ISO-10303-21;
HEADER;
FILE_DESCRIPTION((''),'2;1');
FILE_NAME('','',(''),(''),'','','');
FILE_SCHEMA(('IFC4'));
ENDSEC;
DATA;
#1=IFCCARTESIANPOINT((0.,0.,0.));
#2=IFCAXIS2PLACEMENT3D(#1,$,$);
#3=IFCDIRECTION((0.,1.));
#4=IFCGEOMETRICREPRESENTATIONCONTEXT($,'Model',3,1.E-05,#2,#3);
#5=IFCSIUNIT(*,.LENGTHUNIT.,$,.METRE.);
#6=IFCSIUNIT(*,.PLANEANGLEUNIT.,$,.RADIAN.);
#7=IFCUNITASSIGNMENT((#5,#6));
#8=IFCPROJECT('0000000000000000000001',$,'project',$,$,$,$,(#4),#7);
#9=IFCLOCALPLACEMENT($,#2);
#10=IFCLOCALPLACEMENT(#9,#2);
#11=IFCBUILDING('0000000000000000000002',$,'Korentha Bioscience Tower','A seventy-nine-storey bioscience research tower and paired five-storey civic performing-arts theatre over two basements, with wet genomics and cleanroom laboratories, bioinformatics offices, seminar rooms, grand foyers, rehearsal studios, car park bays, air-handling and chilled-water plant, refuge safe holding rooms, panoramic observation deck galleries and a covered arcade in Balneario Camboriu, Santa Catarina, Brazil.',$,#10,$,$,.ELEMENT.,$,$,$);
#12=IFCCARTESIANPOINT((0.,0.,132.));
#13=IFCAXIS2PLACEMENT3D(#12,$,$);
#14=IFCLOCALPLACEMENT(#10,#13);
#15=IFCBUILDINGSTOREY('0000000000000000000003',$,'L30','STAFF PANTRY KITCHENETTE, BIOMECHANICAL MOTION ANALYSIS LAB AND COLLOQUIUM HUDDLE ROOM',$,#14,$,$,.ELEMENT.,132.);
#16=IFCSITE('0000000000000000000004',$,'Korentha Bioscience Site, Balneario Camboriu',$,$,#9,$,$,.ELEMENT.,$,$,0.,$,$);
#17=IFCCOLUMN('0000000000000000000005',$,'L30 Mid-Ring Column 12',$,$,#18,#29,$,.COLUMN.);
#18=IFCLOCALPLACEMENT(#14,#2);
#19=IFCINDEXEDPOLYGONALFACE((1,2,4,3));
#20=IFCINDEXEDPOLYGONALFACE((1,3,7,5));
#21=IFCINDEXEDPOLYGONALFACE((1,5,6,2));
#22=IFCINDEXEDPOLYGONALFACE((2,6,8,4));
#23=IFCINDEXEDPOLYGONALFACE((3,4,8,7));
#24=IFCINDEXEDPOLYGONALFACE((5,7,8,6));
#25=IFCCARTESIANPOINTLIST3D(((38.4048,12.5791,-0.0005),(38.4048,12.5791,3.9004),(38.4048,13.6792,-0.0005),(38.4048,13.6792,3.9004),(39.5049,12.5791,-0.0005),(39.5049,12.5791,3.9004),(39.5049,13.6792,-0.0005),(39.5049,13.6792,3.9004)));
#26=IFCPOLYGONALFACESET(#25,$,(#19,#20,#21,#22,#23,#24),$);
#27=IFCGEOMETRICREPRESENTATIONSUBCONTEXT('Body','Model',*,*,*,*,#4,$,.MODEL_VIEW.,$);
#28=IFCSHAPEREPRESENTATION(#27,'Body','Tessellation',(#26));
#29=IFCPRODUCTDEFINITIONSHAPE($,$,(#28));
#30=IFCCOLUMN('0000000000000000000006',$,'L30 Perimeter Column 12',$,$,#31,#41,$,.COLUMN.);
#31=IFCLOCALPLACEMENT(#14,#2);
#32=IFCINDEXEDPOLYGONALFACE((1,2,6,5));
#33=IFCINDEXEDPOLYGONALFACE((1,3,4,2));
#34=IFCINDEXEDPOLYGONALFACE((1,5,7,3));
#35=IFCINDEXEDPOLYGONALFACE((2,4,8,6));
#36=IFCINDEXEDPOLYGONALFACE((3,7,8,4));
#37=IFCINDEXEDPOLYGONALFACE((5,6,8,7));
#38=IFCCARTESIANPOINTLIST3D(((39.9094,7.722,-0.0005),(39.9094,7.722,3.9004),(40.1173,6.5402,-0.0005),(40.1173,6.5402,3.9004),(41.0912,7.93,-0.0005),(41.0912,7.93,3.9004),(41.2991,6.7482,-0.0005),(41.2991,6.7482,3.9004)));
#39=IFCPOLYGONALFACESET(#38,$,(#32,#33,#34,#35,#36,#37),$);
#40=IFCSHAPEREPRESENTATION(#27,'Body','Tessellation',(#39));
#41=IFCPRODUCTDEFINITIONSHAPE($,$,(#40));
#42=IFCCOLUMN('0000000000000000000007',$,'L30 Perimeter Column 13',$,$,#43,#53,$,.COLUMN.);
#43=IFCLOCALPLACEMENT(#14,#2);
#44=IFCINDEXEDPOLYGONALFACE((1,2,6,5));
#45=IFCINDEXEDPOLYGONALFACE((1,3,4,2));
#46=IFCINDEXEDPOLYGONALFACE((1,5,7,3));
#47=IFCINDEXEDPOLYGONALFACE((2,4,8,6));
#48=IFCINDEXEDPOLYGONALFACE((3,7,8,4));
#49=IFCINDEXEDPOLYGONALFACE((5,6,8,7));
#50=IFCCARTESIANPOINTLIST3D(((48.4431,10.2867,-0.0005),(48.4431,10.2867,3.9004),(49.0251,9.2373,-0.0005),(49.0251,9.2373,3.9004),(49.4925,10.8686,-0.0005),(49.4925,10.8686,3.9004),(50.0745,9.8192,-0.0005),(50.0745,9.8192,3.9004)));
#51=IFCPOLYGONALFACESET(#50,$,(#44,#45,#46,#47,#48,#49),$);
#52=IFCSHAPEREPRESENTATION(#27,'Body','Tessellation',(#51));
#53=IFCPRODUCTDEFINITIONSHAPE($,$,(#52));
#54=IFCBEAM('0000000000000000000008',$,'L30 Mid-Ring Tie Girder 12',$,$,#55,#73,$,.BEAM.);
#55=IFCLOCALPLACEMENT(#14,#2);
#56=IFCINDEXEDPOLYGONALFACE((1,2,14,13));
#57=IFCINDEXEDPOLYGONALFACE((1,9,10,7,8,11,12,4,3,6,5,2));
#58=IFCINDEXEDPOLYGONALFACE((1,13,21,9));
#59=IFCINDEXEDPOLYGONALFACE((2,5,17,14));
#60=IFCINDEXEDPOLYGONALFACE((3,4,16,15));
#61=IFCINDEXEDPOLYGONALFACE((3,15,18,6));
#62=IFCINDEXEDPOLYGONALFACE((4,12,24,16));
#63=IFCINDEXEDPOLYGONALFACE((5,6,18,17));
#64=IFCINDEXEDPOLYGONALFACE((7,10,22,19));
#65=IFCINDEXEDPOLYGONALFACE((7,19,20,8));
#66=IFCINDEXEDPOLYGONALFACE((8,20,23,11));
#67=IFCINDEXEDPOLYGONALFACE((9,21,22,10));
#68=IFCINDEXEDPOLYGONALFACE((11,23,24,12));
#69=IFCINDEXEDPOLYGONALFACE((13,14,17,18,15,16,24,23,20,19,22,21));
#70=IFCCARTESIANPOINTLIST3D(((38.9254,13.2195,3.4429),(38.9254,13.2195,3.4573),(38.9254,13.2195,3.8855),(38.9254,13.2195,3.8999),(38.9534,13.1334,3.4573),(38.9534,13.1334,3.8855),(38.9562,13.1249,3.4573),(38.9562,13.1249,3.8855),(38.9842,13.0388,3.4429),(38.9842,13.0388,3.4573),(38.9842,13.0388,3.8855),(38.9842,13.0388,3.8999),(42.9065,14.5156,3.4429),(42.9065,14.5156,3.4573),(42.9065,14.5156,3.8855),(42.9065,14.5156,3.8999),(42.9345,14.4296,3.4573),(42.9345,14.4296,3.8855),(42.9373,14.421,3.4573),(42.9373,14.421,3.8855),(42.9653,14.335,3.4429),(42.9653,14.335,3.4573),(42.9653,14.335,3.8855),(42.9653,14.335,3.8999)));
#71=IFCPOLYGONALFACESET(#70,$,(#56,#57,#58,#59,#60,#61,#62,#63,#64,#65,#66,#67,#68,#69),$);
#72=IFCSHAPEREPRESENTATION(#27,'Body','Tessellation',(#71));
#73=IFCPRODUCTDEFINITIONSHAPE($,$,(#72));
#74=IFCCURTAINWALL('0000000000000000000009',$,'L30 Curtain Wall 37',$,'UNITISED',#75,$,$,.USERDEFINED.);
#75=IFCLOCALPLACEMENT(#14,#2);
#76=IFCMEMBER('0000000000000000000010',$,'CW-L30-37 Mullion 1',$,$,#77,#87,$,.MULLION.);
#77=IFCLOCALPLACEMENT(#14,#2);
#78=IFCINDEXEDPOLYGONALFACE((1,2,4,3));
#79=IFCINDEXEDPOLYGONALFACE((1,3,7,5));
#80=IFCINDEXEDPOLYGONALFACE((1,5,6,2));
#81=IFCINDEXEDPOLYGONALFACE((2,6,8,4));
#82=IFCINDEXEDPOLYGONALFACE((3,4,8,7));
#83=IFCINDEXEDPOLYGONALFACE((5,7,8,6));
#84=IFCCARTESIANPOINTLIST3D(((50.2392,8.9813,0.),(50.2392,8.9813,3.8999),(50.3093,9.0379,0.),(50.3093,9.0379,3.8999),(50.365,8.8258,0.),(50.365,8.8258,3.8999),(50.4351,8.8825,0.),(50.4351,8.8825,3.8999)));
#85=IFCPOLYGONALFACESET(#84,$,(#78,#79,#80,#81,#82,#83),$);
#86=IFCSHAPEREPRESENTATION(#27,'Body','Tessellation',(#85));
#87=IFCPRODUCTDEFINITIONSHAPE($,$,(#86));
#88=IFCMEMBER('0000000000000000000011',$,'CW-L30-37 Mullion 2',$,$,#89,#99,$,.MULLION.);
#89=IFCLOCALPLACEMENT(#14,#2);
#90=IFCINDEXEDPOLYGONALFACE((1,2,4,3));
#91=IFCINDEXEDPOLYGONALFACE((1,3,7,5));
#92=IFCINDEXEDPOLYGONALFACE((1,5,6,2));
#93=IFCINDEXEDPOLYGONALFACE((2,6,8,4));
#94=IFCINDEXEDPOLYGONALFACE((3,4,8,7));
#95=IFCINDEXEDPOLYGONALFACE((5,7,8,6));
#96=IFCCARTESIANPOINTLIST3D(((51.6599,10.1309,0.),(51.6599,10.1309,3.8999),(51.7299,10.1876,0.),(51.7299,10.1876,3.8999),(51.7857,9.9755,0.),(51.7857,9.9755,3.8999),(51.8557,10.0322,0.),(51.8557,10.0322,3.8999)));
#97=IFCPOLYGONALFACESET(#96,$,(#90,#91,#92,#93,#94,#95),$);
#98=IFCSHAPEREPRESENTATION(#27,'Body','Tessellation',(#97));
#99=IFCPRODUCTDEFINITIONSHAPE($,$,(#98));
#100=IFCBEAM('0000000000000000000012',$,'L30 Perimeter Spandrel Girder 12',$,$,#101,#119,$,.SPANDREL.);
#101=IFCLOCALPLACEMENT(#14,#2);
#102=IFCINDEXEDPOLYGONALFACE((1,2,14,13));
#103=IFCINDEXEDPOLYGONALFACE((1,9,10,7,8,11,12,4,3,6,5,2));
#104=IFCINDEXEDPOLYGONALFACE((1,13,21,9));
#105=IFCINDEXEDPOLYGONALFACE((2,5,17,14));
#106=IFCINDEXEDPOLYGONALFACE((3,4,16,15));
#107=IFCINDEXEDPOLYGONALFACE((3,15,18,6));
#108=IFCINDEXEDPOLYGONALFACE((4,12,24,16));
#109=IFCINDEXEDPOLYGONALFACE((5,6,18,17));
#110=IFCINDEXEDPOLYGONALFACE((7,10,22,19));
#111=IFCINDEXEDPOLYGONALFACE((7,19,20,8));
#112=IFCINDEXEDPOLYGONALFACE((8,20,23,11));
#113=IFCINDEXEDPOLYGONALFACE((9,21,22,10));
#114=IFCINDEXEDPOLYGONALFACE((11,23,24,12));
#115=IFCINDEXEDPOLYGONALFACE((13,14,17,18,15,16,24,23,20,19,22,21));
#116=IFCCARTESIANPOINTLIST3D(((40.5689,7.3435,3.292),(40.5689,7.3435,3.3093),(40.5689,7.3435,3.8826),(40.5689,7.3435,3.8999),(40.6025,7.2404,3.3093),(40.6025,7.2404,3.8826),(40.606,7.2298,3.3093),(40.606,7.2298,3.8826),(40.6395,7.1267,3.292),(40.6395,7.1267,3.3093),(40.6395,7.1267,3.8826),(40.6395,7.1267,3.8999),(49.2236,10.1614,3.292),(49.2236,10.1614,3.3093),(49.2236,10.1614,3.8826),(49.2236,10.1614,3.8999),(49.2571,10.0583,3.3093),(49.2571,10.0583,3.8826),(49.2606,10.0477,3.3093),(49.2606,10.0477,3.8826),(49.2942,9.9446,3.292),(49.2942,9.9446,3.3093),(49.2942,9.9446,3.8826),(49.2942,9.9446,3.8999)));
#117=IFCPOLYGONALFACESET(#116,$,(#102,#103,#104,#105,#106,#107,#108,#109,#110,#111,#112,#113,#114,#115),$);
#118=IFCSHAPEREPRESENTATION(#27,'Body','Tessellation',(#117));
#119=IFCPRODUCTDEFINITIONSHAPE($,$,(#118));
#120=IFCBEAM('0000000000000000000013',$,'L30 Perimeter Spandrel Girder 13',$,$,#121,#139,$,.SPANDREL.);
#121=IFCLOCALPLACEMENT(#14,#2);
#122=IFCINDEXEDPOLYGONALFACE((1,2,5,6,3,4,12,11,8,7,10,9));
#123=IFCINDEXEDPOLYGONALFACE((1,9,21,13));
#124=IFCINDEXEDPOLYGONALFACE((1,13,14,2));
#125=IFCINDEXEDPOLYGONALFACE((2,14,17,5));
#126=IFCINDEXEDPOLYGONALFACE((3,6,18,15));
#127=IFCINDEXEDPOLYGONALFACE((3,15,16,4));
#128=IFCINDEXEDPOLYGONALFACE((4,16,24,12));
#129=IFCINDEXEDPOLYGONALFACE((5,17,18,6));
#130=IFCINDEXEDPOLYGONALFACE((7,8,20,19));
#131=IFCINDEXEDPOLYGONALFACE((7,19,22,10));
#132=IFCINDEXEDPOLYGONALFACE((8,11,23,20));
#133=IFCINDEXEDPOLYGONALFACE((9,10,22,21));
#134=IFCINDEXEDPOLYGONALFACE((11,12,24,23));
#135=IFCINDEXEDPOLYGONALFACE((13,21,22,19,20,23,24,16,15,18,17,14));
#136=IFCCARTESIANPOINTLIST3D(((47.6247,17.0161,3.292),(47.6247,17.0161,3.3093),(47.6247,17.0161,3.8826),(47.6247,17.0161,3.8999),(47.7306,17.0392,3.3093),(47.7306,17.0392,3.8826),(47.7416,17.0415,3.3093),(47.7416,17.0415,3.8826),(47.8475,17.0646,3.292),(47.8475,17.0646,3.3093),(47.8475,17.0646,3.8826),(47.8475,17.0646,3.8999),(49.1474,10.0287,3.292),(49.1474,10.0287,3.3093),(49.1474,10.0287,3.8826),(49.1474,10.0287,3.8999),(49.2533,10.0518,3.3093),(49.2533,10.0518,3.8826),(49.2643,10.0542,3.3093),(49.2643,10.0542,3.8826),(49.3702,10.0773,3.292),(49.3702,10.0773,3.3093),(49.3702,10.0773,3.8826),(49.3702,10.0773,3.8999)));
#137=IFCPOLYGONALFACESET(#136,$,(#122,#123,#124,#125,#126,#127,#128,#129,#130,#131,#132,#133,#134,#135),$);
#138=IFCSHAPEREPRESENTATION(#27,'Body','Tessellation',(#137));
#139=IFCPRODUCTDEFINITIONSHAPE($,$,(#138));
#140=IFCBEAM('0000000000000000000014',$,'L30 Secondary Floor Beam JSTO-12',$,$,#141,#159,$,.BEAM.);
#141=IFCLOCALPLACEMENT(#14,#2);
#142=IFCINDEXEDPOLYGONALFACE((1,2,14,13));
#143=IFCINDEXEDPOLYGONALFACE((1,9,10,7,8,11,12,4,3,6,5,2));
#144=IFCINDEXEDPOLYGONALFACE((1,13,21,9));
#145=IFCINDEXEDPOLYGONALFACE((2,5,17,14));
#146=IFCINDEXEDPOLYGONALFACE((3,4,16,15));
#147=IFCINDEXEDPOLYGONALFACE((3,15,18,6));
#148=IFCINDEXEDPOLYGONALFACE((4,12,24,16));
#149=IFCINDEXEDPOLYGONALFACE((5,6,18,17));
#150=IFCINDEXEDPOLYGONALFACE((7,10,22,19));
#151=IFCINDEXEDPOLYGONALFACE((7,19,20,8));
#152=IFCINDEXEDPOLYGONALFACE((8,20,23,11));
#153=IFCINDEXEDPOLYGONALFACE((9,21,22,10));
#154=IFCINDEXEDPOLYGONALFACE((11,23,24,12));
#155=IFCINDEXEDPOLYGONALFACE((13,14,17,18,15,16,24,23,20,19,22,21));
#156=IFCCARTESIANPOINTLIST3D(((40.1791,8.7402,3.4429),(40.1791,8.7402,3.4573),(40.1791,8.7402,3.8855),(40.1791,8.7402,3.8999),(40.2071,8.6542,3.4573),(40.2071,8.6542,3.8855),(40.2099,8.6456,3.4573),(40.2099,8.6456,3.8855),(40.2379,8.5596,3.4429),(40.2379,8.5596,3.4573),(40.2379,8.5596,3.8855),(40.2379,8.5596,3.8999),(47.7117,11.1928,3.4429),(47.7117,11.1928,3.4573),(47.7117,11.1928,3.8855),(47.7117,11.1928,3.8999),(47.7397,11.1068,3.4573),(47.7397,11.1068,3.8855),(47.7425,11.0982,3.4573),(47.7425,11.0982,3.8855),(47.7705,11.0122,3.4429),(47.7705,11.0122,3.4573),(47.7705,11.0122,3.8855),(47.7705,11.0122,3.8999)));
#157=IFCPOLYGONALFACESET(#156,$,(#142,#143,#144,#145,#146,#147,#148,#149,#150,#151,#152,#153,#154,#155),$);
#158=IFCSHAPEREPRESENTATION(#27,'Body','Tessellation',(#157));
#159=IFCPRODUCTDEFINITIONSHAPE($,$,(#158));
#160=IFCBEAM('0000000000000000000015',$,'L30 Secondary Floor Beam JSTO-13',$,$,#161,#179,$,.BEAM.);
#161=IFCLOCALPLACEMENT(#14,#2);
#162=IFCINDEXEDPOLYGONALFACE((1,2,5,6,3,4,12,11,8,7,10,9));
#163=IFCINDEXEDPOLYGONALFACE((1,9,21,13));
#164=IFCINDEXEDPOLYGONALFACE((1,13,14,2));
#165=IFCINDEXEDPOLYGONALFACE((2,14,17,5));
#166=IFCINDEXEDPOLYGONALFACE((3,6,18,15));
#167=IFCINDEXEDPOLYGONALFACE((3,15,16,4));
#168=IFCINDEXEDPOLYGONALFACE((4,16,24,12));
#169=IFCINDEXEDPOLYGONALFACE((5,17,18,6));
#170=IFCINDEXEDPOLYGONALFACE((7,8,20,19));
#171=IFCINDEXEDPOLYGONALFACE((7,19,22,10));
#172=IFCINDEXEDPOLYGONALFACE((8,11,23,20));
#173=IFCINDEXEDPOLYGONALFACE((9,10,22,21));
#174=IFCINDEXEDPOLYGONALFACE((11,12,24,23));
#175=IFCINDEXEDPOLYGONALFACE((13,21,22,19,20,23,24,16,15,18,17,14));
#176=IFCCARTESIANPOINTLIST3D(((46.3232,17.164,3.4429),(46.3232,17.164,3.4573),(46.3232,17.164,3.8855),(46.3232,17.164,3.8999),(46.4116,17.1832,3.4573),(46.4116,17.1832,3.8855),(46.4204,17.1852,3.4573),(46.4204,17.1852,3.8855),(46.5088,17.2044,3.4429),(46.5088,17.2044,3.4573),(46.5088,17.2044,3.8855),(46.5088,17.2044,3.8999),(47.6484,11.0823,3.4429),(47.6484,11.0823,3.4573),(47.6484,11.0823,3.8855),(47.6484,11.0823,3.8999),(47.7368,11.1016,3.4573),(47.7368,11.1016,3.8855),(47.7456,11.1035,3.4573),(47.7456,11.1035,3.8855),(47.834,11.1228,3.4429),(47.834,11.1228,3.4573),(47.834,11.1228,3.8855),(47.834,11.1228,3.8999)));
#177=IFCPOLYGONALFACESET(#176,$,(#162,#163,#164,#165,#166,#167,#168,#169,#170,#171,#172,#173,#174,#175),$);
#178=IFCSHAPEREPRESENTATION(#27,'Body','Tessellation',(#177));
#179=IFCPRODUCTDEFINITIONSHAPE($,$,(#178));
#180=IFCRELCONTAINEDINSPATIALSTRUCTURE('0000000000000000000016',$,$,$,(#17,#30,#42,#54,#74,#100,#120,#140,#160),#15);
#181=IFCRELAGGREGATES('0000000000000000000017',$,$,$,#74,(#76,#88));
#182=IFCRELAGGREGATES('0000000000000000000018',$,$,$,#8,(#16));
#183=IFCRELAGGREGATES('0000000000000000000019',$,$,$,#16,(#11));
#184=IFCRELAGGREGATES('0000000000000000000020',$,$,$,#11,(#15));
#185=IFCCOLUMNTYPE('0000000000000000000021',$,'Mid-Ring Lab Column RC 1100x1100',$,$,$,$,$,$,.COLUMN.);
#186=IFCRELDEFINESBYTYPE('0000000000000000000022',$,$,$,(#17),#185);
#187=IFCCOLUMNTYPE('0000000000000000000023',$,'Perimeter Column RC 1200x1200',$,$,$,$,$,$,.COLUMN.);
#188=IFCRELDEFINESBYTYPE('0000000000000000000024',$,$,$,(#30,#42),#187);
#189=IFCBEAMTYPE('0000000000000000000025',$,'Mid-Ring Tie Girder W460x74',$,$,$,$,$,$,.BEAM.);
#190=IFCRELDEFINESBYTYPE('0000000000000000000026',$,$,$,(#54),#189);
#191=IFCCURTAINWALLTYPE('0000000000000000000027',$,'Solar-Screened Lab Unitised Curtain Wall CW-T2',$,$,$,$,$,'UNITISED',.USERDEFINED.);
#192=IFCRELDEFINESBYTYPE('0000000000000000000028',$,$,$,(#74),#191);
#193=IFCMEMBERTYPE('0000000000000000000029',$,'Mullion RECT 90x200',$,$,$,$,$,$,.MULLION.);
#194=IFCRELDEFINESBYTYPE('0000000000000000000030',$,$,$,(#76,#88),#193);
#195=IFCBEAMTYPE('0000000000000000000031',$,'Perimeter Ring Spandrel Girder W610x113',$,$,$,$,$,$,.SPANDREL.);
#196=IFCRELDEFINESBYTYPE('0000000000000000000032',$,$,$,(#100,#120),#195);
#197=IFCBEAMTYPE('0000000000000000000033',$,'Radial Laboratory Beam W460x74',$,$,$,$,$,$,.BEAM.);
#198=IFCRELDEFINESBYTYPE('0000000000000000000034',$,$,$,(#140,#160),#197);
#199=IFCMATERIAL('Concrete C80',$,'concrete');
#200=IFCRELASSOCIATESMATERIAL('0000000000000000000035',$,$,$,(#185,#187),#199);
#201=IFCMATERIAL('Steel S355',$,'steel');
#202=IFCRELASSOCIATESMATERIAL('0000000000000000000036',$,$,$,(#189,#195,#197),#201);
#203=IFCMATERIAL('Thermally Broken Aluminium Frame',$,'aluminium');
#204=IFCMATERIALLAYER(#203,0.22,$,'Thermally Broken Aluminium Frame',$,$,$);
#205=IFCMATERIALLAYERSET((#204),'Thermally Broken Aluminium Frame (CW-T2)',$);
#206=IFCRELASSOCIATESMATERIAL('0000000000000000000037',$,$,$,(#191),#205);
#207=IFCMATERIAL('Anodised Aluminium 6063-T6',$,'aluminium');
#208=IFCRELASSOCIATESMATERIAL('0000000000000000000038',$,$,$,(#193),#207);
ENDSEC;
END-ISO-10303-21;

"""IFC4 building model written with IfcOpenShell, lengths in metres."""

from ifc_helpers import new_model, si_unit, direction, frame, origin, origin_2d, place, context, subcontext, project, spatial, rectangle, i_section, extrude, material, layer, layer_set, material_profile, profile_set, type_object, element, aggregate, save


model = new_model("IFC4")

# Units and contexts
model_context = context("Model", 3, precision=1e-05, world=origin(), true_north=direction((0.0, 1.0)))
body_context = subcontext(model_context, "Body", "Model", "MODEL_VIEW")
ifc_project = project(units=[si_unit("LENGTHUNIT", "METRE"), si_unit("PLANEANGLEUNIT", "RADIAN")], contexts=[model_context])

# Site, building, storey
site_placement = place(None, origin())
site = spatial("IfcSite", under=ifc_project, at=site_placement, Name="Korentha Bioscience Site, Balneario Camboriu", CompositionType="ELEMENT", RefElevation=0.0)
building_placement = place(site_placement, origin())
building = spatial("IfcBuilding", under=site, at=building_placement, Name="Korentha Bioscience Tower", Description="A seventy-nine-storey bioscience research tower and paired five-storey civic performing-arts theatre over two basements, with wet genomics and cleanroom laboratories, bioinformatics offices, seminar rooms, grand foyers, rehearsal studios, car park bays, air-handling and chilled-water plant, refuge safe holding rooms, panoramic observation deck galleries and a covered arcade in Balneario Camboriu, Santa Catarina, Brazil.", CompositionType="ELEMENT")
storey_placement = place(building_placement, frame((0.0, 0.0, 132.0)))
storey = spatial("IfcBuildingStorey", under=building, at=storey_placement, Name="L30", Description="STAFF PANTRY KITCHENETTE, BIOMECHANICAL MOTION ANALYSIS LAB AND COLLOQUIUM HUDDLE ROOM", CompositionType="ELEMENT", Elevation=132.0)

# Columns
ifc_material_1 = material(Name="Concrete C80", Category="concrete")
ifc_material_profile_1 = material_profile(ifc_material_1, rectangle(XDim=1.1001, YDim=1.1001, at=origin_2d()), Name="Concrete C80")
ifc_profile_set_1 = profile_set([ifc_material_profile_1], Name="Concrete C80 (COL-MR11)")
column_type_1 = type_object("IfcColumnType", Name="Mid-Ring Lab Column RC 1100x1100", PredefinedType="COLUMN", material=ifc_profile_set_1)
column_placement = place(storey_placement, frame((38.9548, 13.1292, -0.0005), z_axis=(0.0, 0.0, 1.0), x_axis=(1.0, 0.0, 0.0)))
element("IfcColumn", 1, at=column_placement, inside=storey, type_object=column_type_1, Name="L30 Mid-Ring Column 12", PredefinedType="COLUMN", context=body_context, shape_type="SweptSolid", body=[
    extrude(rectangle(XDim=1.1001, YDim=1.1001, at=origin_2d()), origin(), (0.0, 0.0, 1.0), 3.9009),
])
ifc_material_profile_2 = material_profile(ifc_material_1, rectangle(XDim=1.2, YDim=1.2, at=origin_2d()), Name="Concrete C80")
ifc_profile_set_2 = profile_set([ifc_material_profile_2], Name="Concrete C80 (COL-P12)")
column_type_2 = type_object("IfcColumnType", Name="Perimeter Column RC 1200x1200", PredefinedType="COLUMN", material=ifc_profile_set_2)
for number, where, z_axis, x_axis, name in (
    (2, (40.6042, 7.2351, -0.0005), (0.0, 0.0, 1.0), (0.984868, 0.173304, 0.0), "L30 Perimeter Column 12"),
    (3, (49.2588, 10.053, -0.0005), (0.0, 0.0, 1.0), (0.874535, 0.484962, 0.0), "L30 Perimeter Column 13"),
):
    element("IfcColumn", number, at=place(storey_placement, frame(where, z_axis=z_axis, x_axis=x_axis)), inside=storey, type_object=column_type_2, Name=name, PredefinedType="COLUMN", context=body_context, shape_type="SweptSolid", body=[
        extrude(rectangle(XDim=1.2, YDim=1.2, at=origin_2d()), origin(), (0.0, 0.0, 1.0), 3.9009),
    ])

# Beam
ifc_material_2 = material(Name="Steel S355", Category="steel")
ifc_material_profile_3 = material_profile(ifc_material_2, i_section(OverallWidth=0.1899, OverallDepth=0.457, WebThickness=0.009, FlangeThickness=0.0144, at=origin_2d()), Name="Steel S355")
ifc_profile_set_3 = profile_set([ifc_material_profile_3], Name="Steel S355 (MB-460)")
beam_type_1 = type_object("IfcBeamType", Name="Mid-Ring Tie Girder W460x74", PredefinedType="BEAM", material=ifc_profile_set_3)
beam_1_placement = place(storey_placement, frame((38.9548, 13.1292, 3.6714), z_axis=(0.950876, 0.309573, 0.0), x_axis=(-0.309573, 0.950876, 0.0)))
element("IfcBeam", 4, at=beam_1_placement, inside=storey, type_object=beam_type_1, Name="L30 Mid-Ring Tie Girder 12", PredefinedType="BEAM", context=body_context, shape_type="SweptSolid", body=[
    extrude(i_section(OverallWidth=0.1899, OverallDepth=0.457, WebThickness=0.009, FlangeThickness=0.0144, at=origin_2d()), origin(), (0.0, 0.0, 1.0), 4.1868),
])

# Curtain wall, members
ifc_material_3 = material(Name="Thermally Broken Aluminium Frame", Category="aluminium")
ifc_layer_1 = layer(ifc_material_3, 0.22, Name="Thermally Broken Aluminium Frame")
ifc_layer_set_1 = layer_set([ifc_layer_1], Name="Thermally Broken Aluminium Frame (CW-T2)")
curtain_wall_type = type_object("IfcCurtainWallType", Name="Solar-Screened Lab Unitised Curtain Wall CW-T2", ElementType="UNITISED", PredefinedType="USERDEFINED", material=ifc_layer_set_1)
curtain_wall_placement = place(storey_placement, origin())
curtain_wall = element("IfcCurtainWall", 5, at=curtain_wall_placement, inside=storey, type_object=curtain_wall_type, Name="L30 Curtain Wall 37", ObjectType="UNITISED", PredefinedType="USERDEFINED")
ifc_material_4 = material(Name="Anodised Aluminium 6063-T6", Category="aluminium")
ifc_material_profile_4 = material_profile(ifc_material_4, rectangle(XDim=0.0901, YDim=0.2, at=origin_2d()), Name="Anodised Aluminium 6063-T6")
ifc_profile_set_4 = profile_set([ifc_material_profile_4], Name="Anodised Aluminium 6063-T6 (CW-MUL)")
member_type_1 = type_object("IfcMemberType", Name="Mullion RECT 90x200", PredefinedType="MULLION", material=ifc_profile_set_4)
member_1_placement = place(storey_placement, frame((50.3372, 8.9319, 0.0), z_axis=(0.0, 0.0, 1.0), x_axis=(0.777315, 0.629111, 0.0)))
member_1 = element("IfcMember", 6, at=member_1_placement, type_object=member_type_1, Name="CW-L30-37 Mullion 1", PredefinedType="MULLION", context=body_context, shape_type="SweptSolid", body=[
    extrude(rectangle(XDim=0.0901, YDim=0.2, at=origin_2d()), origin(), (0.0, 0.0, 1.0), 3.8999),
])
member_2_placement = place(storey_placement, frame((51.7578, 10.0815, 0.0), z_axis=(0.0, 0.0, 1.0), x_axis=(0.777315, 0.629111, 0.0)))
member_2 = element("IfcMember", 7, at=member_2_placement, type_object=member_type_1, Name="CW-L30-37 Mullion 2", PredefinedType="MULLION", context=body_context, shape_type="SweptSolid", body=[
    extrude(rectangle(XDim=0.0901, YDim=0.2, at=origin_2d()), origin(), (0.0, 0.0, 1.0), 3.8999),
])

# Beams
ifc_material_profile_5 = material_profile(ifc_material_2, i_section(OverallWidth=0.228, OverallDepth=0.6079, WebThickness=0.0112, FlangeThickness=0.0173, at=origin_2d()), Name="Steel S355")
ifc_profile_set_5 = profile_set([ifc_material_profile_5], Name="Steel S355 (SB-610)")
beam_type_2 = type_object("IfcBeamType", Name="Perimeter Ring Spandrel Girder W610x113", PredefinedType="SPANDREL", material=ifc_profile_set_5)
beam_2_placement = place(storey_placement, frame((40.6042, 7.2351, 3.5959), z_axis=(0.950868, 0.309597, 0.0), x_axis=(-0.309597, 0.950868, 0.0)))
element("IfcBeam", 8, at=beam_2_placement, inside=storey, type_object=beam_type_2, Name="L30 Perimeter Spandrel Girder 12", PredefinedType="SPANDREL", context=body_context, shape_type="SweptSolid", body=[
    extrude(i_section(OverallWidth=0.228, OverallDepth=0.6079, WebThickness=0.0112, FlangeThickness=0.0173, at=origin_2d()), origin(), (0.0, 0.0, 1.0), 9.1018),
])
beam_3_placement = place(storey_placement, frame((49.2588, 10.053, 3.5959), z_axis=(-0.212927, 0.977068, 0.0), x_axis=(-0.977068, -0.212927, 0.0)))
element("IfcBeam", 9, at=beam_3_placement, inside=storey, type_object=beam_type_2, Name="L30 Perimeter Spandrel Girder 13", PredefinedType="SPANDREL", context=body_context, shape_type="SweptSolid", body=[
    extrude(i_section(OverallWidth=0.228, OverallDepth=0.6079, WebThickness=0.0112, FlangeThickness=0.0173, at=origin_2d()), origin(), (0.0, 0.0, 1.0), 7.1514),
])
ifc_material_profile_6 = material_profile(ifc_material_2, i_section(OverallWidth=0.1899, OverallDepth=0.457, WebThickness=0.009, FlangeThickness=0.0144, at=origin_2d()), Name="Steel S355")
ifc_profile_set_6 = profile_set([ifc_material_profile_6], Name="Steel S355 (RB-460)")
beam_type_3 = type_object("IfcBeamType", Name="Radial Laboratory Beam W460x74", PredefinedType="BEAM", material=ifc_profile_set_6)
beam_4_placement = place(storey_placement, frame((40.2085, 8.6499, 3.6714), z_axis=(0.950867, 0.3096, 0.0), x_axis=(-0.3096, 0.950867, 0.0)))
element("IfcBeam", 10, at=beam_4_placement, inside=storey, type_object=beam_type_3, Name="L30 Secondary Floor Beam JSTO-12", PredefinedType="BEAM", context=body_context, shape_type="SweptSolid", body=[
    extrude(i_section(OverallWidth=0.1899, OverallDepth=0.457, WebThickness=0.009, FlangeThickness=0.0144, at=origin_2d()), origin(), (0.0, 0.0, 1.0), 7.9219),
])
beam_5_placement = place(storey_placement, frame((47.7412, 11.1025, 3.6714), z_axis=(-0.212908, 0.977072, 0.0), x_axis=(-0.977072, -0.212908, 0.0)))
element("IfcBeam", 11, at=beam_5_placement, inside=storey, type_object=beam_type_3, Name="L30 Secondary Floor Beam JSTO-13", PredefinedType="BEAM", context=body_context, shape_type="SweptSolid", body=[
    extrude(i_section(OverallWidth=0.1899, OverallDepth=0.457, WebThickness=0.009, FlangeThickness=0.0144, at=origin_2d()), origin(), (0.0, 0.0, 1.0), 6.2244),
])

aggregate(curtain_wall, [member_1, member_2])

save(model, "model.ifc")
